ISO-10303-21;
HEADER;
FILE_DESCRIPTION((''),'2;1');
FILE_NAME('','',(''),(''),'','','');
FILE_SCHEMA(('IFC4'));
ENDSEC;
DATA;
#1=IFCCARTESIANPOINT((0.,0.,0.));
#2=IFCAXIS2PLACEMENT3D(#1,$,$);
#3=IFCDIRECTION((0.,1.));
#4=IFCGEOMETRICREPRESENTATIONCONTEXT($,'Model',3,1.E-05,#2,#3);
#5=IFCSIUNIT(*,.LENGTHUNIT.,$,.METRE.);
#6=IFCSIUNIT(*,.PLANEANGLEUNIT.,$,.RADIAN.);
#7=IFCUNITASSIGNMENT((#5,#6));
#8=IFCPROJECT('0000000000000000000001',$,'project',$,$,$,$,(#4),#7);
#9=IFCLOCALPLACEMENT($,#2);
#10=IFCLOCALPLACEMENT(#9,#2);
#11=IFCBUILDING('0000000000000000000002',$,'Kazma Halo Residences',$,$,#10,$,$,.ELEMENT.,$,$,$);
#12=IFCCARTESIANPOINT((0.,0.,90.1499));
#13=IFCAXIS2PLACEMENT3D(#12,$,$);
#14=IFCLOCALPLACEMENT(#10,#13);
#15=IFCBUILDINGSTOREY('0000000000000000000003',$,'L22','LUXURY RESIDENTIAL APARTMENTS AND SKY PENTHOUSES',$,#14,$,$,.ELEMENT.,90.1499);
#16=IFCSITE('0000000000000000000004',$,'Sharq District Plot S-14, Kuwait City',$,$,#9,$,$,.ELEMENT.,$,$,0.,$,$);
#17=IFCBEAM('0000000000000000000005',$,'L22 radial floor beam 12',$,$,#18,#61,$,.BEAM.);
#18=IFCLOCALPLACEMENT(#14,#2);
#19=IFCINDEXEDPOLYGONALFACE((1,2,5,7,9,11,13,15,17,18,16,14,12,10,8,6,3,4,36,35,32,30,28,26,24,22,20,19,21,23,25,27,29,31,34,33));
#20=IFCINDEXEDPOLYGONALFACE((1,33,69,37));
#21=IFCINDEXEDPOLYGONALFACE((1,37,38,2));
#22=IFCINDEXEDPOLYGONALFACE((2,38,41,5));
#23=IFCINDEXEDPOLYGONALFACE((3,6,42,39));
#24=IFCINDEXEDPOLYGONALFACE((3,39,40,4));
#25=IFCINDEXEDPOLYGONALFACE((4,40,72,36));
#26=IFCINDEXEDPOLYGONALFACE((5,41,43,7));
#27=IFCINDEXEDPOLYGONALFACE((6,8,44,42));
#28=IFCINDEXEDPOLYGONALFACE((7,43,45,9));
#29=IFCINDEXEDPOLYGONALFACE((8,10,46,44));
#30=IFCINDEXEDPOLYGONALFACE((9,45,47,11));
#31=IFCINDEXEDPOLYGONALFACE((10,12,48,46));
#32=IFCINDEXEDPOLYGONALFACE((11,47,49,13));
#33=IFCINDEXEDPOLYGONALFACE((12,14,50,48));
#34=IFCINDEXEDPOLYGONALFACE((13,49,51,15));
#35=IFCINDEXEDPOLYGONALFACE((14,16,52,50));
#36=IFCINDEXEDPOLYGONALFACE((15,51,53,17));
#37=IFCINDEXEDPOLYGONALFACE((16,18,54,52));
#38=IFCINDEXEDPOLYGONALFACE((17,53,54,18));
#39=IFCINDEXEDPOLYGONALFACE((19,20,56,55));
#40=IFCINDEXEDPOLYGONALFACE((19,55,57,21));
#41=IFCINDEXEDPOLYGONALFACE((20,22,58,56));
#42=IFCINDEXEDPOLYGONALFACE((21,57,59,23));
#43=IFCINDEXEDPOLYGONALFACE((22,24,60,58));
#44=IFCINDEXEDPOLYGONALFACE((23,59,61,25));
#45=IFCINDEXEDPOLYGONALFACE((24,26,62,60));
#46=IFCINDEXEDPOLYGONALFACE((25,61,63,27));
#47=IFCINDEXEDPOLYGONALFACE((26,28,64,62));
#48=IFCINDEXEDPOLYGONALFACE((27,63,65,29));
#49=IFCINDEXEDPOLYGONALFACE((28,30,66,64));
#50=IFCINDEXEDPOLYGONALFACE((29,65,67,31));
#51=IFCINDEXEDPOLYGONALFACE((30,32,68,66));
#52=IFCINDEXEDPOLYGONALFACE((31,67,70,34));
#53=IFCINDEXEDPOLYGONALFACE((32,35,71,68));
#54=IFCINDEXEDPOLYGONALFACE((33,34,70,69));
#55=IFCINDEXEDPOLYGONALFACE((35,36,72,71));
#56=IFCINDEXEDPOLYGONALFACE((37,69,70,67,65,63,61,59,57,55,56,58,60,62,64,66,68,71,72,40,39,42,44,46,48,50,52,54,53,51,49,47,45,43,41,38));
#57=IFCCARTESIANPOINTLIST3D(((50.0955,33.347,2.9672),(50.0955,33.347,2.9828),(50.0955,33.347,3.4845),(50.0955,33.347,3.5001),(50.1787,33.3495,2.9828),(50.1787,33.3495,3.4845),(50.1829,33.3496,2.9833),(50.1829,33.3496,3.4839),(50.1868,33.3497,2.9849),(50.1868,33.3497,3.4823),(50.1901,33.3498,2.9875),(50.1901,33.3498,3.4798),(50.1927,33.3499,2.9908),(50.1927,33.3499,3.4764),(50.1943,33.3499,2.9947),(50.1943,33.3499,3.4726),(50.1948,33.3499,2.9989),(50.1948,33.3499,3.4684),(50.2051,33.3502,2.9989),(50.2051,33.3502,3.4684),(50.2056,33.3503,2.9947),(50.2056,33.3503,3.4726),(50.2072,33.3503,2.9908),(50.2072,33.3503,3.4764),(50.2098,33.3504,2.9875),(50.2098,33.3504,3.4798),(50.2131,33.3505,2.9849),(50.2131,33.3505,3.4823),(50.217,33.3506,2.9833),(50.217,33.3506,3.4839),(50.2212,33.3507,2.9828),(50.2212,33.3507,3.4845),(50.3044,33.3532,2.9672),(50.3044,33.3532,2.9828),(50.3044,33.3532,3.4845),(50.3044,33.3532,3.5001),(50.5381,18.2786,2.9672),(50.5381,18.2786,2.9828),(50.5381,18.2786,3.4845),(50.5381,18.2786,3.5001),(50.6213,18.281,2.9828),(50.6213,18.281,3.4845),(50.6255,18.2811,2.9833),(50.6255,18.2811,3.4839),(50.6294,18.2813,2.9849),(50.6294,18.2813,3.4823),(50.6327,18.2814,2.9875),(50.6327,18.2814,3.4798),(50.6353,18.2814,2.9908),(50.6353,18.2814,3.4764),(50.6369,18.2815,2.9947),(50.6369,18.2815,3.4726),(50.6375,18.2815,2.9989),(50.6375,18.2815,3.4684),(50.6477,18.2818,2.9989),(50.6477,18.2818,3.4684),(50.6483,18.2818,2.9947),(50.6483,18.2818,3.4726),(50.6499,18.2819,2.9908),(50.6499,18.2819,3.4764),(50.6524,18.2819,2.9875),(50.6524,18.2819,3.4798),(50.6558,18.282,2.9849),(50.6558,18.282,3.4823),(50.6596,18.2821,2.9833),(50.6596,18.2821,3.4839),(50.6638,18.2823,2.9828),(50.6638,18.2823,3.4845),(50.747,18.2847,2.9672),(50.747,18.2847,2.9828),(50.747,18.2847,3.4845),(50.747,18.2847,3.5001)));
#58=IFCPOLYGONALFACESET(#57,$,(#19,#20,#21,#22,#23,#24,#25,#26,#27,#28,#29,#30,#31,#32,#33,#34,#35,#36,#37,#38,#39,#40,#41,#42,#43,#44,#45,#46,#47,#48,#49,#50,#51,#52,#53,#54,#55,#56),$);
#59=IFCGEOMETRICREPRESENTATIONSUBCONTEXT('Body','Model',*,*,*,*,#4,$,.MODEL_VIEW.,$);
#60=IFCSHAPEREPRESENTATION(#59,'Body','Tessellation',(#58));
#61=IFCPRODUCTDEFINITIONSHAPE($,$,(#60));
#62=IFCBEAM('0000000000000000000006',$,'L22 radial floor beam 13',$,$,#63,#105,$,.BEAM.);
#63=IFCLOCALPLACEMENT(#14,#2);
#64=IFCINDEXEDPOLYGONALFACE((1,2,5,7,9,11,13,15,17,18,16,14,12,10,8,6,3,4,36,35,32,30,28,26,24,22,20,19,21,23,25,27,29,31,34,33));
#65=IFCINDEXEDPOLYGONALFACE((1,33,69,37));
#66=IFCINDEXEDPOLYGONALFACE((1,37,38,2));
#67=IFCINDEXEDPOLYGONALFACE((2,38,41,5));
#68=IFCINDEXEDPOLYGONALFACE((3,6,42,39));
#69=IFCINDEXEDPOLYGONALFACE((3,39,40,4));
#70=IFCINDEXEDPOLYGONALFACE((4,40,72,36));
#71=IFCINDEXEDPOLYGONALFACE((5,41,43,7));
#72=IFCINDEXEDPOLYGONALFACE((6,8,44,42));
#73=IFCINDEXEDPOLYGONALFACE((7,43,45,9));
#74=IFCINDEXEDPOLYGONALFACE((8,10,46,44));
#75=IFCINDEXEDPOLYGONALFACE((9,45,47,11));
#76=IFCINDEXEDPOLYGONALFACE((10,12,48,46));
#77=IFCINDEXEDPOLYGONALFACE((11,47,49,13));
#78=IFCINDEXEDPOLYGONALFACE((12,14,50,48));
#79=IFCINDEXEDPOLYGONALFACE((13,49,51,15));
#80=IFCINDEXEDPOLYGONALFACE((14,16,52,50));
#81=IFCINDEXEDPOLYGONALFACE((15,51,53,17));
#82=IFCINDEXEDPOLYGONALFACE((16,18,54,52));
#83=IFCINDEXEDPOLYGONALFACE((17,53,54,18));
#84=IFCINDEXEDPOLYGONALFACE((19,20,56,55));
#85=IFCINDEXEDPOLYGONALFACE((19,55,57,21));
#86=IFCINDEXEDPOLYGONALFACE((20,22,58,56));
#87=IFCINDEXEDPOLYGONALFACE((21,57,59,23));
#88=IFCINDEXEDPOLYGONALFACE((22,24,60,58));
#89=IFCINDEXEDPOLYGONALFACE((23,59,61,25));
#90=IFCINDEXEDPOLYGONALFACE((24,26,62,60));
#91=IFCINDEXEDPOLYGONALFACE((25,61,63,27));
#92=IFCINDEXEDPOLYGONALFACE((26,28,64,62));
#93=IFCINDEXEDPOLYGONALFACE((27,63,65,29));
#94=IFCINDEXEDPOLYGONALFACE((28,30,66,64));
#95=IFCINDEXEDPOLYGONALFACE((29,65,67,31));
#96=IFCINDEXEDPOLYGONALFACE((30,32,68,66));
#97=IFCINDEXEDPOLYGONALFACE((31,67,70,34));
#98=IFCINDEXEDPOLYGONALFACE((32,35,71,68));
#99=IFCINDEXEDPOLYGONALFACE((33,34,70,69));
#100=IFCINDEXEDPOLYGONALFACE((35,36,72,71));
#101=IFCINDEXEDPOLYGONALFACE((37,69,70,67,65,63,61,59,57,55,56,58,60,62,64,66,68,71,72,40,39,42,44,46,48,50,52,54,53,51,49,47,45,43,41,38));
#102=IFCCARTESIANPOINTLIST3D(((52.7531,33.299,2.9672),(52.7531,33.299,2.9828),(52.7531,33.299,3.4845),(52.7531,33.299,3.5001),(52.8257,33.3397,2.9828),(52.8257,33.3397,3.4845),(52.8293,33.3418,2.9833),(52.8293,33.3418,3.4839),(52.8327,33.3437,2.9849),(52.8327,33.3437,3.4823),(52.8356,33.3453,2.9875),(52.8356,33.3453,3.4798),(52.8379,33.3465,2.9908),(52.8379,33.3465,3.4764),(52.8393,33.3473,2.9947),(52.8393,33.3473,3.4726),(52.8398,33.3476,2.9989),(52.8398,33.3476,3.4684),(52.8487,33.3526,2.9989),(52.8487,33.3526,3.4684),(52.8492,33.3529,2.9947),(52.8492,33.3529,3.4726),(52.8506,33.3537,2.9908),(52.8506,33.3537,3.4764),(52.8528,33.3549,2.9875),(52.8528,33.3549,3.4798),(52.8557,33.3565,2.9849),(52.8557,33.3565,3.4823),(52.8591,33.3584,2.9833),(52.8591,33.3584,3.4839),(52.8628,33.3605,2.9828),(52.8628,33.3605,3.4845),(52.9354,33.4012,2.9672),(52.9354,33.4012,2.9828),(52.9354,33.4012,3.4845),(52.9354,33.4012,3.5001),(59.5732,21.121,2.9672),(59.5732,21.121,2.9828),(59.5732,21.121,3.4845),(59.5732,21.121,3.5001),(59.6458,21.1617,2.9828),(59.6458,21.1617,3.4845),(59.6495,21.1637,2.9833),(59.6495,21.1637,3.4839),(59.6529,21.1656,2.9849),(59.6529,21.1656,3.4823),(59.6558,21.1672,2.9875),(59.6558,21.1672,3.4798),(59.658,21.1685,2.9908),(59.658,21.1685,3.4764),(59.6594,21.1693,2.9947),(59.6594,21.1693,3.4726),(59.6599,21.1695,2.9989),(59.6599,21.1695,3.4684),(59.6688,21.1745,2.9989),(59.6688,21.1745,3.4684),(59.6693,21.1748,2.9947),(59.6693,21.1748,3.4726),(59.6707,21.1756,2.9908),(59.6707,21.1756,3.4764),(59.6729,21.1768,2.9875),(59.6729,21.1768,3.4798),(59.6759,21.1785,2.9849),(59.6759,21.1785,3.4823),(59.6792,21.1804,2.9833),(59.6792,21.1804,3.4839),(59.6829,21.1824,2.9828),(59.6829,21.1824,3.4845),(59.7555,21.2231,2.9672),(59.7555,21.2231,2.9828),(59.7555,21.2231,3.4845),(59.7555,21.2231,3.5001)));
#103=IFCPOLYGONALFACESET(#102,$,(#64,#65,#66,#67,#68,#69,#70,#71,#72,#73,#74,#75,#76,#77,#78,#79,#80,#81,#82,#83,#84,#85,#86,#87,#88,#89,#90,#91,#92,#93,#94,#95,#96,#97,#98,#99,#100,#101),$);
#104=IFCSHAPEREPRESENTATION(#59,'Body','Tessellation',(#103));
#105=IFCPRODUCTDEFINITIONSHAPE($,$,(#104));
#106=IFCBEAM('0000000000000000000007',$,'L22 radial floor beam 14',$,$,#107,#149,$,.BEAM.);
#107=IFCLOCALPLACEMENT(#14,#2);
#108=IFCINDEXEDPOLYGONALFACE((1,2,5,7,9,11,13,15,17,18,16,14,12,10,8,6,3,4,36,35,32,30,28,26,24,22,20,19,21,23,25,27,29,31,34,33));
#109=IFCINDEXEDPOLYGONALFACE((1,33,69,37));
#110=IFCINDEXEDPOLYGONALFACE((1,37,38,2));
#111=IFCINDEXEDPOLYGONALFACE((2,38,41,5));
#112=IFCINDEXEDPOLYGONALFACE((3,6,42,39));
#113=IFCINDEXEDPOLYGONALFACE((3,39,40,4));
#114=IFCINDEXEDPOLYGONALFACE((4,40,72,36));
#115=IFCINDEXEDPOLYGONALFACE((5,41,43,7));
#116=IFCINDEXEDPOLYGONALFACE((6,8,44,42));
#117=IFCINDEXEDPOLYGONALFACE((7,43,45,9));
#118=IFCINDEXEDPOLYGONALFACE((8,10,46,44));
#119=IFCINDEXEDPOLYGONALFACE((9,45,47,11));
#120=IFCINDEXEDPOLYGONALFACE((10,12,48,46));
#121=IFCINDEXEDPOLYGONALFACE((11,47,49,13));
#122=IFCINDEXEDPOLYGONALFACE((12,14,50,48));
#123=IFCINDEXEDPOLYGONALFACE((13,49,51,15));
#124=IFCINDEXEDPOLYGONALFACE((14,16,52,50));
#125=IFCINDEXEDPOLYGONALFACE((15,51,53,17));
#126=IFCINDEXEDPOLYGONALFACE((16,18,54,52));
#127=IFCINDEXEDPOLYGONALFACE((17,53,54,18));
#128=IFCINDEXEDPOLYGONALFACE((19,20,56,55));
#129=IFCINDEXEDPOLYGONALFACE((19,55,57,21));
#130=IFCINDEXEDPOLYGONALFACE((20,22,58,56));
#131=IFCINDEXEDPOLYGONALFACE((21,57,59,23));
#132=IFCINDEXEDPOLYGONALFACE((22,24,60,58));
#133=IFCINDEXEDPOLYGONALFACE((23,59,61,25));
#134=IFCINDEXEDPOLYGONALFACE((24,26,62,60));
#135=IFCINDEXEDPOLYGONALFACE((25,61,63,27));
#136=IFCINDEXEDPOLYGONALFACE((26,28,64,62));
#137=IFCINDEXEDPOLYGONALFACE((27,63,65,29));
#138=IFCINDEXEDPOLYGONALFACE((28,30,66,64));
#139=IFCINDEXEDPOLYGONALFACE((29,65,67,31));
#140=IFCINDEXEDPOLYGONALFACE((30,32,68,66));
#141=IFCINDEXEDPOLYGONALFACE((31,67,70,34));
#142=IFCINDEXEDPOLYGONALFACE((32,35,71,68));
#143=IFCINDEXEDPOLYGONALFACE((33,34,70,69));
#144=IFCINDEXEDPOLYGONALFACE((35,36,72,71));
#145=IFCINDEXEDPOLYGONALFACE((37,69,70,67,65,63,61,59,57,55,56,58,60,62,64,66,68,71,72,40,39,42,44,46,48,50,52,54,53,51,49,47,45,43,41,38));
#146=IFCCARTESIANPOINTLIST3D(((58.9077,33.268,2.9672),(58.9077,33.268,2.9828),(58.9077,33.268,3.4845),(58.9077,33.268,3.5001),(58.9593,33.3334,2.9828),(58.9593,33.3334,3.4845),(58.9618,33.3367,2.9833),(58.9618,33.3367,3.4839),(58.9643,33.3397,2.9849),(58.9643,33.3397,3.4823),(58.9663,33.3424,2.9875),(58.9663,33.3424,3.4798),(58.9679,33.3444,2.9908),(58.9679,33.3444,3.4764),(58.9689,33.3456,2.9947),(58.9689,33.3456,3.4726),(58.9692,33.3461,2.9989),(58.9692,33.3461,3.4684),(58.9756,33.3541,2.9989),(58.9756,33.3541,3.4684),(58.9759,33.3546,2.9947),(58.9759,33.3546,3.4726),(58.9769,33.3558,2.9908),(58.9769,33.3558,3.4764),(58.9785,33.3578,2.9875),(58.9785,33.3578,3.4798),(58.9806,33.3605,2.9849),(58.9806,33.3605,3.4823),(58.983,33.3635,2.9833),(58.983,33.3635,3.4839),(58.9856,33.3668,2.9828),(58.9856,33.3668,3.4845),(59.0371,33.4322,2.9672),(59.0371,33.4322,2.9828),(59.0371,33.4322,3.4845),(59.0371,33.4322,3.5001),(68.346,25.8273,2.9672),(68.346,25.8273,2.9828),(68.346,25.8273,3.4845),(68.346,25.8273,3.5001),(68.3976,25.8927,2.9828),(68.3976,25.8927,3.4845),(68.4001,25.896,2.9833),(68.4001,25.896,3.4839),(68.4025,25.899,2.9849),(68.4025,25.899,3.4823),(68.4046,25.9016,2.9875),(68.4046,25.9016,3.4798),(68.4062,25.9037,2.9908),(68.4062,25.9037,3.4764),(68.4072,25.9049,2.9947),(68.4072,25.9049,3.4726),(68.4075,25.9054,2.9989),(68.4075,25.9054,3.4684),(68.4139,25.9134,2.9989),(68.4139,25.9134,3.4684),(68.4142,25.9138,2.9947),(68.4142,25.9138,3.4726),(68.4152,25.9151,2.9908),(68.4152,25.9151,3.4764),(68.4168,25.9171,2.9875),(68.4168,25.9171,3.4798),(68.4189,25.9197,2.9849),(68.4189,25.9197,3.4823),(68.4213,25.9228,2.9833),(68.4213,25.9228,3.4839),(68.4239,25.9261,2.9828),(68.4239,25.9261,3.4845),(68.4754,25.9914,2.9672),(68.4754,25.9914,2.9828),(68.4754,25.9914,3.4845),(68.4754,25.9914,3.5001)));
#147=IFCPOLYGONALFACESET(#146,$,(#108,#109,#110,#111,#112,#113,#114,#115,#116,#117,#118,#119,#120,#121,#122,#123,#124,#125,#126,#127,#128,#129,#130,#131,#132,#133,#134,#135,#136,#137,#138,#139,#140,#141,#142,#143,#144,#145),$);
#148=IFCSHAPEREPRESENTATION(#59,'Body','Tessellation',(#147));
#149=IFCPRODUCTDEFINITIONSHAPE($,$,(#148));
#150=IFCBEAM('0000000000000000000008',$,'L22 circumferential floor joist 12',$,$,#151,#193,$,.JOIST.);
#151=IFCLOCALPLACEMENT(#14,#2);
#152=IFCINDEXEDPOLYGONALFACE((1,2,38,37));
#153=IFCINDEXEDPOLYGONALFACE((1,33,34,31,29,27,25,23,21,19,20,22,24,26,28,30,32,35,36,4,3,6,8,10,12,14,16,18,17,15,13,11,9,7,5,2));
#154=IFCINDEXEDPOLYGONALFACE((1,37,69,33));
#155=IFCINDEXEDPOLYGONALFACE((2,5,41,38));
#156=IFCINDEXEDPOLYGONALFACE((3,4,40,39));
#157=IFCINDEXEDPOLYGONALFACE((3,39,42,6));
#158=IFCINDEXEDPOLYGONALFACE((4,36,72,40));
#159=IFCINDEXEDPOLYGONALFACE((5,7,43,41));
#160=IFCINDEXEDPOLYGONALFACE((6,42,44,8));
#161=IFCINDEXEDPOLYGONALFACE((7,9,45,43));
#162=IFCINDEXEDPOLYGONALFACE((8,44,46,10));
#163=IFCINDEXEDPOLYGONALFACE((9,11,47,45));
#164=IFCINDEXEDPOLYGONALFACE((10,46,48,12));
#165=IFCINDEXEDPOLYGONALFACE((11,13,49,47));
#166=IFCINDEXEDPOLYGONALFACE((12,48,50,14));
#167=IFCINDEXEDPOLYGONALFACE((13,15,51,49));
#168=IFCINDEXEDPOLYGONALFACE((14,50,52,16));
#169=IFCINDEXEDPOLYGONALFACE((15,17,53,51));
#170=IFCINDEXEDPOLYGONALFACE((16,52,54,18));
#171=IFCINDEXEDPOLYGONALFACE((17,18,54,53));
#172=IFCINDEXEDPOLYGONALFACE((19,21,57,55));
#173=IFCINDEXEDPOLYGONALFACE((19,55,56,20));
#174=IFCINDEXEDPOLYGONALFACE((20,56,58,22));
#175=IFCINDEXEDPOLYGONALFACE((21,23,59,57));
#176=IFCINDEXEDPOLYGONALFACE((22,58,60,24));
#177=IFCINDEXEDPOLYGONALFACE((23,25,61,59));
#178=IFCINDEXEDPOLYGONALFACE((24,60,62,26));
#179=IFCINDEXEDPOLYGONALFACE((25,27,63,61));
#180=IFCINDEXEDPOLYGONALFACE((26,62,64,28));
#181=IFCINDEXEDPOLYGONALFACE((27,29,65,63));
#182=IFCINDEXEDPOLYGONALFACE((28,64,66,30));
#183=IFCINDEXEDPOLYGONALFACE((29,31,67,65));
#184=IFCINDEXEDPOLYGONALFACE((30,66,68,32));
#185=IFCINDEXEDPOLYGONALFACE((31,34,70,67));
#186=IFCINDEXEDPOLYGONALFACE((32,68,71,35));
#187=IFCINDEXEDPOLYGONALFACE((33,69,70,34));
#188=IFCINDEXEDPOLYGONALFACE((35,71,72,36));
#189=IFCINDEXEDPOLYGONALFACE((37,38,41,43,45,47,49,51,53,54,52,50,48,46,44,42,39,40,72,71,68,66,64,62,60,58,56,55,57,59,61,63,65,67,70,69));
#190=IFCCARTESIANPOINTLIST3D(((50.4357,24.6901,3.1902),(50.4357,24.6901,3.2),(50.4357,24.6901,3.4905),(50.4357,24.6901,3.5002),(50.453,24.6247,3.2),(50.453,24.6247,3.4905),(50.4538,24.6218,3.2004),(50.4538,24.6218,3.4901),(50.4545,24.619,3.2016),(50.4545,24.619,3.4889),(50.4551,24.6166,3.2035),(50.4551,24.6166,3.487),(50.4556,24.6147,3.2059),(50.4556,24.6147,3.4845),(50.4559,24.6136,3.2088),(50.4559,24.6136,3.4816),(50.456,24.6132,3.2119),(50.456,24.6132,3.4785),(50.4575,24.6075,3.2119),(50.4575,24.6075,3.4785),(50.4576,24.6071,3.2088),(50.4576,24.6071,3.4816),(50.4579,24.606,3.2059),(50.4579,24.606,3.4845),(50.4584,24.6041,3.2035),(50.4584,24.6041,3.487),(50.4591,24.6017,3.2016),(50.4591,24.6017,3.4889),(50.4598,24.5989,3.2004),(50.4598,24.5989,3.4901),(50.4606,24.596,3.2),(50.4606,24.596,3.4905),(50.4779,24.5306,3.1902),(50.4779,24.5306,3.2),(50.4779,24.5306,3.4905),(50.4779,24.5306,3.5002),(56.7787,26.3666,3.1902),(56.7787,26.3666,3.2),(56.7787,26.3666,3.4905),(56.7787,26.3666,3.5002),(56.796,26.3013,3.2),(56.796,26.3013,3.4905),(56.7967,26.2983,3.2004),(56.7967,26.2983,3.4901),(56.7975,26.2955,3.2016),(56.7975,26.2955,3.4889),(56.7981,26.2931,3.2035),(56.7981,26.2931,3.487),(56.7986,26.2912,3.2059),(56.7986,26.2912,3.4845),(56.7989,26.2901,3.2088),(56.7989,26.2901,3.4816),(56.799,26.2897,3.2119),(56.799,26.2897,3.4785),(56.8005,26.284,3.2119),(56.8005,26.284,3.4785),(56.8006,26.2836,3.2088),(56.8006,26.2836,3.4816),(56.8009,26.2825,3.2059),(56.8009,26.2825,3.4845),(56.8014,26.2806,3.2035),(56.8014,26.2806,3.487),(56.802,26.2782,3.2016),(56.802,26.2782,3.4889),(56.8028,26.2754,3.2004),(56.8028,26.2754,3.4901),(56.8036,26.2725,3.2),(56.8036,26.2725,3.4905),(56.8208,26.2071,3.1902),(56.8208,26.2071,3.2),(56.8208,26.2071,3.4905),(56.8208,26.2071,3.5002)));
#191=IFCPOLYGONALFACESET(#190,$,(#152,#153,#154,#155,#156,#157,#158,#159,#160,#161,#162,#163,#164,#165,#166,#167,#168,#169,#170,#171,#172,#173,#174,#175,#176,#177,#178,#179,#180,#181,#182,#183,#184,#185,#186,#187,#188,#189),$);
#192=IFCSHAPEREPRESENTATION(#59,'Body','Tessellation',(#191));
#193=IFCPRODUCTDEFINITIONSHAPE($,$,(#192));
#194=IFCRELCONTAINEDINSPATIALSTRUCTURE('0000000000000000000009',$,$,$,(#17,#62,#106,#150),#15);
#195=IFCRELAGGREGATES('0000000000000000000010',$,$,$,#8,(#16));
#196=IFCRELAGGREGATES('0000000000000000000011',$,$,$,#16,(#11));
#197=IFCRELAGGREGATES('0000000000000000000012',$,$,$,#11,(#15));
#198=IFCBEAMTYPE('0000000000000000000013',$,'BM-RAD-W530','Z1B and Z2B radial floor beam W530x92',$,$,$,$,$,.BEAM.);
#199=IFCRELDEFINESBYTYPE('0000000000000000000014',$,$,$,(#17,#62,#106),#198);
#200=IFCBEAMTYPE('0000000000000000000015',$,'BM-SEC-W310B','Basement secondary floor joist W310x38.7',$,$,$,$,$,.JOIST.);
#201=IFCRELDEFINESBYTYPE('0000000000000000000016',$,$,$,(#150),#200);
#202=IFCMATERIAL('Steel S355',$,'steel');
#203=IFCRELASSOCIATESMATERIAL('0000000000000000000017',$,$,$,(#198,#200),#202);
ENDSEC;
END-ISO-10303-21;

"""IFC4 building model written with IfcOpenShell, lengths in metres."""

from ifc_helpers import new_model, si_unit, direction, frame, origin, origin_2d, place, context, subcontext, project, spatial, i_section, extrude, material, material_profile, profile_set, type_object, element, save


model = new_model("IFC4")

# Units and contexts
model_context = context("Model", 3, precision=1e-05, world=origin(), true_north=direction((0.0, 1.0)))
body_context = subcontext(model_context, "Body", "Model", "MODEL_VIEW")
ifc_project = project(units=[si_unit("LENGTHUNIT", "METRE"), si_unit("PLANEANGLEUNIT", "RADIAN")], contexts=[model_context])

# Site, building, storey
site_placement = place(None, origin())
site = spatial("IfcSite", under=ifc_project, at=site_placement, Name="Sharq District Plot S-14, Kuwait City", CompositionType="ELEMENT", RefElevation=0.0)
building_placement = place(site_placement, origin())
building = spatial("IfcBuilding", under=site, at=building_placement, Name="Kazma Halo Residences", CompositionType="ELEMENT")
storey_placement = place(building_placement, frame((0.0, 0.0, 90.1499)))
storey = spatial("IfcBuildingStorey", under=building, at=storey_placement, Name="L22", Description="LUXURY RESIDENTIAL APARTMENTS AND SKY PENTHOUSES", CompositionType="ELEMENT", Elevation=90.1499)

# Beams
ifc_material_1 = material(Name="Steel S355", Category="steel")
ifc_material_profile_1 = material_profile(ifc_material_1, i_section(OverallWidth=0.209, OverallDepth=0.533, WebThickness=0.0103, FlangeThickness=0.0156, FilletRadius=0.0161, at=origin_2d()), Name="W530x92")
ifc_profile_set_1 = profile_set([ifc_material_profile_1], Name="Steel S355")
beam_type_1 = type_object("IfcBeamType", Name="BM-RAD-W530", Description="Z1B and Z2B radial floor beam W530x92", PredefinedType="BEAM", material=ifc_profile_set_1)
beam_1_placement = place(storey_placement, frame((50.2, 33.3501, 3.2336), z_axis=(0.029362, -0.999569, 0.0), x_axis=(0.999569, 0.029362, 0.0)))
element("IfcBeam", 1, at=beam_1_placement, inside=storey, type_object=beam_type_1, Name="L22 radial floor beam 12", PredefinedType="BEAM", context=body_context, shape_type="SweptSolid", body=[
    extrude(i_section(OverallWidth=0.209, OverallDepth=0.533, WebThickness=0.0103, FlangeThickness=0.0156, FilletRadius=0.0161, at=origin_2d()), origin(), (0.0, 0.0, 1.0), 15.075),
])
beam_2_placement = place(storey_placement, frame((52.8442, 33.3501, 3.2336), z_axis=(0.488625, -0.872494, 0.0), x_axis=(0.872494, 0.488625, 0.0)))
element("IfcBeam", 2, at=beam_2_placement, inside=storey, type_object=beam_type_1, Name="L22 radial floor beam 13", PredefinedType="BEAM", context=body_context, shape_type="SweptSolid", body=[
    extrude(i_section(OverallWidth=0.209, OverallDepth=0.533, WebThickness=0.0103, FlangeThickness=0.0156, FilletRadius=0.0161, at=origin_2d()), origin(), (0.0, 0.0, 1.0), 13.9578),
])
beam_3_placement = place(storey_placement, frame((58.9724, 33.3501, 3.2336), z_axis=(0.78531, -0.619103, 0.0), x_axis=(0.619103, 0.78531, 0.0)))
element("IfcBeam", 3, at=beam_3_placement, inside=storey, type_object=beam_type_1, Name="L22 radial floor beam 14", PredefinedType="BEAM", context=body_context, shape_type="SweptSolid", body=[
    extrude(i_section(OverallWidth=0.209, OverallDepth=0.533, WebThickness=0.0103, FlangeThickness=0.0156, FilletRadius=0.0161, at=origin_2d()), origin(), (0.0, 0.0, 1.0), 12.0186),
])
ifc_material_profile_2 = material_profile(ifc_material_1, i_section(OverallWidth=0.165, OverallDepth=0.3101, WebThickness=0.0059, FlangeThickness=0.0098, FilletRadius=0.012, at=origin_2d()), Name="W310x38.7")
ifc_profile_set_2 = profile_set([ifc_material_profile_2], Name="Steel S355")
beam_type_2 = type_object("IfcBeamType", Name="BM-SEC-W310B", Description="Basement secondary floor joist W310x38.7", PredefinedType="JOIST", material=ifc_profile_set_2)
beam_4_placement = place(storey_placement, frame((50.4568, 24.6104, 3.3452), z_axis=(0.9668, 0.255534, 0.0), x_axis=(-0.255534, 0.9668, 0.0)))
element("IfcBeam", 4, at=beam_4_placement, inside=storey, type_object=beam_type_2, Name="L22 circumferential floor joist 12", PredefinedType="JOIST", context=body_context, shape_type="SweptSolid", body=[
    extrude(i_section(OverallWidth=0.165, OverallDepth=0.3101, WebThickness=0.0059, FlangeThickness=0.0098, FilletRadius=0.012, at=origin_2d()), origin(), (0.0, 0.0, 1.0), 6.5608),
])

save(model, "model.ifc")
